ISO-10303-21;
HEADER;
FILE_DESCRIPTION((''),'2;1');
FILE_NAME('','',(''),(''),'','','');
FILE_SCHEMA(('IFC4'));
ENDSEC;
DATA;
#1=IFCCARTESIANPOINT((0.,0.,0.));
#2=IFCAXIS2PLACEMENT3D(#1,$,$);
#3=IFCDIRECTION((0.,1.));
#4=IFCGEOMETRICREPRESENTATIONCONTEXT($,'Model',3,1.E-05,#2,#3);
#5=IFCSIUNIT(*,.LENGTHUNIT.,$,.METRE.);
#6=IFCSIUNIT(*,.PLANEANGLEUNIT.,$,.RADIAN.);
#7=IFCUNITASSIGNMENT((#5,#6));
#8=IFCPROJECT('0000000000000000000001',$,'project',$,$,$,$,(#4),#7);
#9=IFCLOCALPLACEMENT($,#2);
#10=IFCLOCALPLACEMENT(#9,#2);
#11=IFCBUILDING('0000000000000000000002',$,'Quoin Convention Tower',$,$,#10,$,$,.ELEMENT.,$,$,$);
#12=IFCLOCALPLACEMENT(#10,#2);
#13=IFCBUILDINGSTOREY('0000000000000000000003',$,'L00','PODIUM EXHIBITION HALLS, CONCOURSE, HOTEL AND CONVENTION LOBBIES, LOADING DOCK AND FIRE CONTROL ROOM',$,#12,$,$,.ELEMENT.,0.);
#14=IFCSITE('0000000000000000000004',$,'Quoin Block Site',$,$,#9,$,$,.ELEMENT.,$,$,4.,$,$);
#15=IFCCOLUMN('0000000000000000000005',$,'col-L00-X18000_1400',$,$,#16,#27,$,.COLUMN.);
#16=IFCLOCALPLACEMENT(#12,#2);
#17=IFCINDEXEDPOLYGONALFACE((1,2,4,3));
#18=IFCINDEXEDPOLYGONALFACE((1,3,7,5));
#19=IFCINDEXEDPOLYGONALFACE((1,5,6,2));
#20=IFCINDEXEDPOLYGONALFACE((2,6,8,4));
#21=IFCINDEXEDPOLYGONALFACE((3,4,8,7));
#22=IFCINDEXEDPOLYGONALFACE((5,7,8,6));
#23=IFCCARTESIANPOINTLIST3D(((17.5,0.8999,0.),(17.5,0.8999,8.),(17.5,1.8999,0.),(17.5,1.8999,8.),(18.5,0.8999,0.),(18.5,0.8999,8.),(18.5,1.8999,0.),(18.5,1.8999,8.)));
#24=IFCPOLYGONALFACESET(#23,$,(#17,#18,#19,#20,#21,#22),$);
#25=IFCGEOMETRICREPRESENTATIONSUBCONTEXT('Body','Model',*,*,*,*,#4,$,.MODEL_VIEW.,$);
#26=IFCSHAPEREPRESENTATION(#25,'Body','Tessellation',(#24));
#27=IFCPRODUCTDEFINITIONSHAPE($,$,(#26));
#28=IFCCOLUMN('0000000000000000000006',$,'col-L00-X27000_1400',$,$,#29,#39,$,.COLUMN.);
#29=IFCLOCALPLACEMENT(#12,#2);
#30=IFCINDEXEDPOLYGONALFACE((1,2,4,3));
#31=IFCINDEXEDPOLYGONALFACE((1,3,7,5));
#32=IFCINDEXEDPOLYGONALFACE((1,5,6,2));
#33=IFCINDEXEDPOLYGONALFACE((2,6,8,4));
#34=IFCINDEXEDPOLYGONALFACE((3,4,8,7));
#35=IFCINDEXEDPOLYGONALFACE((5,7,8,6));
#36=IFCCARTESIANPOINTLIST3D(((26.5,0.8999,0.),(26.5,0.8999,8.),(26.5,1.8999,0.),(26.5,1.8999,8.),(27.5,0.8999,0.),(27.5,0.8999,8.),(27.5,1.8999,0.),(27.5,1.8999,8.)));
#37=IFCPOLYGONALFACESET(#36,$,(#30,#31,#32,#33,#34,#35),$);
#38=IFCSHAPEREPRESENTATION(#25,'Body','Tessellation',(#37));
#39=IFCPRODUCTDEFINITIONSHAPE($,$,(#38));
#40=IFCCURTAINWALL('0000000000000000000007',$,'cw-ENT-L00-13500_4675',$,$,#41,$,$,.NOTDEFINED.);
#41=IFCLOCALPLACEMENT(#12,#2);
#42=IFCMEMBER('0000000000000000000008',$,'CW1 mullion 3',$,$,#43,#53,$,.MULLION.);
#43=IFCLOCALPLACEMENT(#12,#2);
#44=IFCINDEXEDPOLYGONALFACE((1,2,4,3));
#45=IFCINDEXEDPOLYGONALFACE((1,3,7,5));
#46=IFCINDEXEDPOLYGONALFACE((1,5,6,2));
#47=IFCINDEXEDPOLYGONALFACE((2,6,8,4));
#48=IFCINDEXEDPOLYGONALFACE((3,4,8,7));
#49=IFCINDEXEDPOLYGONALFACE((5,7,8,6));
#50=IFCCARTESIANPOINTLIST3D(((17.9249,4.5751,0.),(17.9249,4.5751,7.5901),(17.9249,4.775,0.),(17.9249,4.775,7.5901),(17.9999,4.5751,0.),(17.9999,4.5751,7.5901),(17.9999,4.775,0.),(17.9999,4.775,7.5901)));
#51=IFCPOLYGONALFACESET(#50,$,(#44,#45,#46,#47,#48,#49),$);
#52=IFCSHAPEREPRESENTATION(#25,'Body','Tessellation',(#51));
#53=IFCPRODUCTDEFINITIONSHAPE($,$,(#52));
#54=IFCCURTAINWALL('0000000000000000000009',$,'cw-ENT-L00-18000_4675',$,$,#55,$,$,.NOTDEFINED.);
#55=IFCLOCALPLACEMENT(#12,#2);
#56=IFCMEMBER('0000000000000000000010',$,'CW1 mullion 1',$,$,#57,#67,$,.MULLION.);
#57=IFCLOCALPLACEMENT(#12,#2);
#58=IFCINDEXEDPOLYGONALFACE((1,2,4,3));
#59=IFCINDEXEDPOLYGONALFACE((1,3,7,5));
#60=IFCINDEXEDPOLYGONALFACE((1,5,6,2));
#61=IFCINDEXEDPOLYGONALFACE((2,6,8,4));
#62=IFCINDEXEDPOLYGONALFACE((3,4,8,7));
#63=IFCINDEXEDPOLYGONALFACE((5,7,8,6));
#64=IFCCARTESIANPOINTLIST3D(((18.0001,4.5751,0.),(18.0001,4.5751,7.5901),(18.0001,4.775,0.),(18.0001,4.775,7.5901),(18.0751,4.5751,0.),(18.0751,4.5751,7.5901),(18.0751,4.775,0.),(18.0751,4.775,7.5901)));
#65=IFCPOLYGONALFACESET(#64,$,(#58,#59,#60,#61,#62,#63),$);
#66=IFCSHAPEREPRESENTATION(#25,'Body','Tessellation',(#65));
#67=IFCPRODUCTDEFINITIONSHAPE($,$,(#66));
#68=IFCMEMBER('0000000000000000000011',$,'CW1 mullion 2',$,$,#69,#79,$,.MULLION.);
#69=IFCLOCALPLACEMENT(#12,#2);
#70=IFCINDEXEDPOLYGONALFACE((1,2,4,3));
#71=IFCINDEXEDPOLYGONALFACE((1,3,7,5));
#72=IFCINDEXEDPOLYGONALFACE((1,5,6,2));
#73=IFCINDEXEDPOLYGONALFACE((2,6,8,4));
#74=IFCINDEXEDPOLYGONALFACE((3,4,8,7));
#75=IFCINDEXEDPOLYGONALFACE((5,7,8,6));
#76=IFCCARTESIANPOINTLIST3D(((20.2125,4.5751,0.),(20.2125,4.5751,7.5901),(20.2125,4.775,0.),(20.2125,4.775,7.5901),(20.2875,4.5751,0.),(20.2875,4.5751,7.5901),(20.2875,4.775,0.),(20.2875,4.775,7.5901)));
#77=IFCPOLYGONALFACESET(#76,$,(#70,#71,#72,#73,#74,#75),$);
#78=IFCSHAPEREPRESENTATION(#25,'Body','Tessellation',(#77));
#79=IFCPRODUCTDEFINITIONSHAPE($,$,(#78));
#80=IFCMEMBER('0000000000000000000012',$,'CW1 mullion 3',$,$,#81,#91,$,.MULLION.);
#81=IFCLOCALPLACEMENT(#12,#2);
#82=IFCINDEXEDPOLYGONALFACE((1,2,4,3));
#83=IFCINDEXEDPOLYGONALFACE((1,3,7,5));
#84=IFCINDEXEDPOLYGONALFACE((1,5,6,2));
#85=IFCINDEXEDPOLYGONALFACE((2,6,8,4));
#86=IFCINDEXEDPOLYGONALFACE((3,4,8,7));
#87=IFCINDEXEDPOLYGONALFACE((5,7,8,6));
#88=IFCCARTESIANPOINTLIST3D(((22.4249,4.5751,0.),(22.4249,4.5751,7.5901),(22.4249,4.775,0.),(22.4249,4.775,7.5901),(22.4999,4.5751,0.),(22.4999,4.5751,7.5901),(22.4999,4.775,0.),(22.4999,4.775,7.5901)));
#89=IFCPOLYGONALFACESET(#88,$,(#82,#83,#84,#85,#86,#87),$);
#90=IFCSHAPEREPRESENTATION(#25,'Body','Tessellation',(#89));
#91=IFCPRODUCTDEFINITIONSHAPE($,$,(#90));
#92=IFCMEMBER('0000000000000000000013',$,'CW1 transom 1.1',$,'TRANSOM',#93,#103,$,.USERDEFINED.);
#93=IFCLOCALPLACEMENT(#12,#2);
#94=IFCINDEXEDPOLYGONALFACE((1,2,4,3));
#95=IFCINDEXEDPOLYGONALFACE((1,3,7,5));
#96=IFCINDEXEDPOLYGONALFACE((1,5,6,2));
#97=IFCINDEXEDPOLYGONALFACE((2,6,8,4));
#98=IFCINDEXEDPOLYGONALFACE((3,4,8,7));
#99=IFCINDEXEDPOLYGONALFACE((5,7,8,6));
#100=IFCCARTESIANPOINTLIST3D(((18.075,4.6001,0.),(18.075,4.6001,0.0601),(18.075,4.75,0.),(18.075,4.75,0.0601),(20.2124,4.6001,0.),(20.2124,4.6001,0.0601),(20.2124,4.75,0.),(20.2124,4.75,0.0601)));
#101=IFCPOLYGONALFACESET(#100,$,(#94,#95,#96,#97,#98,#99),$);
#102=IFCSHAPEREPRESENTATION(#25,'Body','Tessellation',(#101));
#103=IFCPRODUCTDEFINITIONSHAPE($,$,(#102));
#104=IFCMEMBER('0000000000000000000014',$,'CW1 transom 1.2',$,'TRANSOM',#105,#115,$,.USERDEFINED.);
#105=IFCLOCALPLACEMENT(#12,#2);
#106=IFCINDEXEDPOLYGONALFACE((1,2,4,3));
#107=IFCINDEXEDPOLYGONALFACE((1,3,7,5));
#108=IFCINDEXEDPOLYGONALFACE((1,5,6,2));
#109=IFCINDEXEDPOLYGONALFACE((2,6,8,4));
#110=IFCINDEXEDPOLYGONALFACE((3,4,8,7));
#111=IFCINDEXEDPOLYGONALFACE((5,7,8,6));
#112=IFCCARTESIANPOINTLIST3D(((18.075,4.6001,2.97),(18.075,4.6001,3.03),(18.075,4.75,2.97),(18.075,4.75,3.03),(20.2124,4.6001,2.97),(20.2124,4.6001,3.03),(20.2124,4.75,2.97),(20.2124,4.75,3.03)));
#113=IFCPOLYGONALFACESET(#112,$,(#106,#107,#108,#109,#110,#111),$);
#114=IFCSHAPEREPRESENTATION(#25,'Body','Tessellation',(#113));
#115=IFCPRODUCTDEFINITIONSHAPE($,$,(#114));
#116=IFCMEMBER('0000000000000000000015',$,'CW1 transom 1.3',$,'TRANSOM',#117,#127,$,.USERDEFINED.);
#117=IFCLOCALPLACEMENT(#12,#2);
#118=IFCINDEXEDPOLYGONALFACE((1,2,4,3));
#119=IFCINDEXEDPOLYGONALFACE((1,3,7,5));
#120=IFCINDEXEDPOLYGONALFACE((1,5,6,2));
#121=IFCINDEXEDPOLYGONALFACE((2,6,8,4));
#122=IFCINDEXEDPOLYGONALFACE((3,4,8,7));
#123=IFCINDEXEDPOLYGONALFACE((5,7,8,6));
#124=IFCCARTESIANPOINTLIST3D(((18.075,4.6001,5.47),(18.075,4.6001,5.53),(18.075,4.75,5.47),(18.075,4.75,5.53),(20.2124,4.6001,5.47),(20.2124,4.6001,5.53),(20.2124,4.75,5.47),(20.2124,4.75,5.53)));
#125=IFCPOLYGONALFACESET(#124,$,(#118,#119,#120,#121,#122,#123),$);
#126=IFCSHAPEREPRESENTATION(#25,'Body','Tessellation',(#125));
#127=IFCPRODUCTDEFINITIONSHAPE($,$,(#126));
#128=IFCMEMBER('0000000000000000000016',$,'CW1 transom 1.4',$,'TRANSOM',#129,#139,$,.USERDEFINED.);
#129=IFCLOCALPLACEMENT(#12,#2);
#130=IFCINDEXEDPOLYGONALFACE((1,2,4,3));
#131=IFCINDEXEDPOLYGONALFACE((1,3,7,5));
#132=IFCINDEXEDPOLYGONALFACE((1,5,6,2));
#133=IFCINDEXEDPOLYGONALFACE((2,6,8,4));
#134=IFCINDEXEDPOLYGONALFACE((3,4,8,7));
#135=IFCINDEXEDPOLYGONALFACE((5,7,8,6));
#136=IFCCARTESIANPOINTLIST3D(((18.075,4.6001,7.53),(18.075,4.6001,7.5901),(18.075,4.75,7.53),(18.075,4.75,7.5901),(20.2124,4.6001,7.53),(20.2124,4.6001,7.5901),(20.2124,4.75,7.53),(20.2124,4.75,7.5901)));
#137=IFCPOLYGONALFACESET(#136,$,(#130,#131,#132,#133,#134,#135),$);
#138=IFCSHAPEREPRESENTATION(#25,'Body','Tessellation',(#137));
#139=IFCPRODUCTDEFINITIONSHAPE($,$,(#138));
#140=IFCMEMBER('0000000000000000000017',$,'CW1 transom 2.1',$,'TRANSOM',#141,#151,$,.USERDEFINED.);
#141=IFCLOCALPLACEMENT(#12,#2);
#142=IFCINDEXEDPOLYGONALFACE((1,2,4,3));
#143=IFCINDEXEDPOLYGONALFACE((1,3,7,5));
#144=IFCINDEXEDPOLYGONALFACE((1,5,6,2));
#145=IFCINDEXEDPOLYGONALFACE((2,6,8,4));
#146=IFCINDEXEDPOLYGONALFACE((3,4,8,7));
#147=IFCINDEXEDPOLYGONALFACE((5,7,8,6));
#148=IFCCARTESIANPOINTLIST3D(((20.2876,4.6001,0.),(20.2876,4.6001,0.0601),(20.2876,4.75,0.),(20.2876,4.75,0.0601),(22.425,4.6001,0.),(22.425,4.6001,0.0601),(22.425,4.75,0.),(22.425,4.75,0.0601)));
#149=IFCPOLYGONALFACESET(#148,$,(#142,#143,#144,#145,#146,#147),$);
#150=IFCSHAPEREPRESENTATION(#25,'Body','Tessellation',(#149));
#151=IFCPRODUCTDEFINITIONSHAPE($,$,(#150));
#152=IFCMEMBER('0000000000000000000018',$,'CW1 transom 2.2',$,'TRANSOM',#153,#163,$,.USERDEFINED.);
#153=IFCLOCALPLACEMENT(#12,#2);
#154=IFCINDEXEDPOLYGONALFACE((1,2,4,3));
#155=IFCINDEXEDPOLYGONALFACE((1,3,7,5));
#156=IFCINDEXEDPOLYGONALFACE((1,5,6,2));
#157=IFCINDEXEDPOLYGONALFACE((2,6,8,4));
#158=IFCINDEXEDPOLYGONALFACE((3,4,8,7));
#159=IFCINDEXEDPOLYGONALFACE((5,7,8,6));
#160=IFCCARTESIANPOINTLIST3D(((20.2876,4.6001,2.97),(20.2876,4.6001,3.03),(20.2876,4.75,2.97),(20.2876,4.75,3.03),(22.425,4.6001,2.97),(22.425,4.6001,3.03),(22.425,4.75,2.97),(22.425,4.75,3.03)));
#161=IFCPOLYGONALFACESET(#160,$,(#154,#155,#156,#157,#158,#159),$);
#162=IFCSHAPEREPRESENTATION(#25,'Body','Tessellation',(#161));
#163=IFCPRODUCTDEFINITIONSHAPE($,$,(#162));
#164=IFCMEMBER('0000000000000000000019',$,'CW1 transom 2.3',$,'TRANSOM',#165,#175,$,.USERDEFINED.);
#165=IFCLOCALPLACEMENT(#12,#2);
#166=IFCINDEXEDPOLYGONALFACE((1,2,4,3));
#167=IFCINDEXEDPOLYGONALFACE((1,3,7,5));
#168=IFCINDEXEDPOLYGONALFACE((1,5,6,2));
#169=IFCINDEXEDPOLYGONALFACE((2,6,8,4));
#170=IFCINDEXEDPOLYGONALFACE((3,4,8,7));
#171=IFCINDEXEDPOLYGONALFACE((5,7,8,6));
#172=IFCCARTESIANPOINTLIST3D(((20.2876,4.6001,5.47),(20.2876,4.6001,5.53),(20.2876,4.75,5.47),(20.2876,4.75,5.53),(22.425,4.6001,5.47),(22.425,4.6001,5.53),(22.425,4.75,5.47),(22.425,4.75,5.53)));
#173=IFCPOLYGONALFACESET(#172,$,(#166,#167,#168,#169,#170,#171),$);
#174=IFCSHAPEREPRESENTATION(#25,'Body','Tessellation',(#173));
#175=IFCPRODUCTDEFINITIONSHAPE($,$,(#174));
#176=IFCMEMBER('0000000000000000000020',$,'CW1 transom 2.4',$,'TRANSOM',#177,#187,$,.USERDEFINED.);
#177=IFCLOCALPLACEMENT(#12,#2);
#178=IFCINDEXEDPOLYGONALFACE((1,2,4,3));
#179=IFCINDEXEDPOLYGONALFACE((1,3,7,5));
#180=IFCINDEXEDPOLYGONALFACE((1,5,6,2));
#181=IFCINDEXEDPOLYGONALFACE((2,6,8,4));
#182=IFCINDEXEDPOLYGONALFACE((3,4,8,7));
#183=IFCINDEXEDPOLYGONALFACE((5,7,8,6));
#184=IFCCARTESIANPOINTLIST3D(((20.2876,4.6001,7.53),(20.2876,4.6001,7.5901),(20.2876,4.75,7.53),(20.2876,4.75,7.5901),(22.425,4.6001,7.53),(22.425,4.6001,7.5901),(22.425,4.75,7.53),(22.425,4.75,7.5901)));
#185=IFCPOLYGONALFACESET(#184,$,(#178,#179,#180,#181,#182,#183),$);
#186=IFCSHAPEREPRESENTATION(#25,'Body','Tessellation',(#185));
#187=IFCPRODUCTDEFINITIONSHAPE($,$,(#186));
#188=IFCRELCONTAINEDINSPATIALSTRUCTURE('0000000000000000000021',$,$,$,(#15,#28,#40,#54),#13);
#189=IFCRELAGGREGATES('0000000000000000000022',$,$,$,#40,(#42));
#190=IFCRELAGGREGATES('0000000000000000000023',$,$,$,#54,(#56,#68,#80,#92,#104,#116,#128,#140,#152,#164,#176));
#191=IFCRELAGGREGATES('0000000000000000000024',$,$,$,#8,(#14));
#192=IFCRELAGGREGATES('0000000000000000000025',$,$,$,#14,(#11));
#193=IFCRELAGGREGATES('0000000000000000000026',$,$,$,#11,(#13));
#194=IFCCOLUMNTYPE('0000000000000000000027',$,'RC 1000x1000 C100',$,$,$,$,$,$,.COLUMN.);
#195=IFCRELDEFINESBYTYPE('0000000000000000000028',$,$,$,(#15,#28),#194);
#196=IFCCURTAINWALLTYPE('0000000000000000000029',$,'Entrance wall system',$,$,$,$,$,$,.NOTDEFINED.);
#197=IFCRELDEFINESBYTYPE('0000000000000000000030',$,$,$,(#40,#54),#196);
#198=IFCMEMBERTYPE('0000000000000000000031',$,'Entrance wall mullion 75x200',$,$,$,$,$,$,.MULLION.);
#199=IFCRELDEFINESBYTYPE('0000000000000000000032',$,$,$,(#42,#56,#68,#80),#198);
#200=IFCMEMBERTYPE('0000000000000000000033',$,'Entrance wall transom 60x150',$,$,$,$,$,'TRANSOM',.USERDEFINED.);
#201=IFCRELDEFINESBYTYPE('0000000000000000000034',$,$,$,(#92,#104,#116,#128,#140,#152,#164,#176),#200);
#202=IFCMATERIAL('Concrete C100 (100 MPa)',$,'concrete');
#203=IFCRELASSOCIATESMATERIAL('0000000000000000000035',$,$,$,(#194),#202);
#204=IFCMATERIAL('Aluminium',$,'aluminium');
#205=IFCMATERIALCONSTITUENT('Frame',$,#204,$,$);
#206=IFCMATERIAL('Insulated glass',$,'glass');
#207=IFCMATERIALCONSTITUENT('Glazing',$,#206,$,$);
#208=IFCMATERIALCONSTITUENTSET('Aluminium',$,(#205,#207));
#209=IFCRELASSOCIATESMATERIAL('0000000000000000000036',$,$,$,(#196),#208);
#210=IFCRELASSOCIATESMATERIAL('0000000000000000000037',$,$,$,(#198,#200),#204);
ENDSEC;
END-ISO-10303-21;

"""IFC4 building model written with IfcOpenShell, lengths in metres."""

from ifc_helpers import new_model, si_unit, direction, frame, origin, origin_2d, place, context, subcontext, project, spatial, rectangle, extrude, material, constituent, constituent_set, material_profile, profile_set, type_object, element, aggregate, save


model = new_model("IFC4")

# Units and contexts
model_context = context("Model", 3, precision=1e-05, world=origin(), true_north=direction((0.0, 1.0)))
body_context = subcontext(model_context, "Body", "Model", "MODEL_VIEW")
ifc_project = project(units=[si_unit("LENGTHUNIT", "METRE"), si_unit("PLANEANGLEUNIT", "RADIAN")], contexts=[model_context])

# Site, building, storey
site_placement = place(None, origin())
site = spatial("IfcSite", under=ifc_project, at=site_placement, Name="Quoin Block Site", CompositionType="ELEMENT", RefElevation=4.0)
building_placement = place(site_placement, origin())
building = spatial("IfcBuilding", under=site, at=building_placement, Name="Quoin Convention Tower", CompositionType="ELEMENT")
storey_placement = place(building_placement, origin())
storey = spatial("IfcBuildingStorey", under=building, at=storey_placement, Name="L00", Description="PODIUM EXHIBITION HALLS, CONCOURSE, HOTEL AND CONVENTION LOBBIES, LOADING DOCK AND FIRE CONTROL ROOM", CompositionType="ELEMENT", Elevation=0.0)

# Columns
ifc_material_1 = material(Name="Concrete C100 (100 MPa)", Category="concrete")
ifc_material_profile_1 = material_profile(ifc_material_1, rectangle(XDim=1.0, YDim=1.0, at=origin_2d()), Name="RC 1000x1000")
ifc_profile_set_1 = profile_set([ifc_material_profile_1], Name="Concrete C100 (100 MPa)")
column_type = type_object("IfcColumnType", Name="RC 1000x1000 C100", PredefinedType="COLUMN", material=ifc_profile_set_1)
for number, where, z_axis, x_axis, name in (
    (1, (18.0, 1.3999, 0.0), (0.0, 0.0, 1.0), (1.0, 0.0, 0.0), "col-L00-X18000_1400"),
    (2, (27.0, 1.3999, 0.0), (0.0, 0.0, 1.0), (1.0, 0.0, 0.0), "col-L00-X27000_1400"),
):
    element("IfcColumn", number, at=place(storey_placement, frame(where, z_axis=z_axis, x_axis=x_axis)), inside=storey, type_object=column_type, Name=name, PredefinedType="COLUMN", context=body_context, shape_type="SweptSolid", body=[
        extrude(rectangle(XDim=1.0, YDim=1.0, at=origin_2d()), origin(), (0.0, 0.0, 1.0), 8.0),
    ])

# Curtain wall, member
ifc_material_2 = material(Name="Aluminium", Category="aluminium")
ifc_constituent_1 = constituent(ifc_material_2, Name="Frame")
ifc_material_3 = material(Name="Insulated glass", Category="glass")
ifc_constituent_2 = constituent(ifc_material_3, Name="Glazing")
ifc_constituent_set = constituent_set(constituents=[ifc_constituent_1, ifc_constituent_2], Name="Aluminium")
curtain_wall_type = type_object("IfcCurtainWallType", Name="Entrance wall system", PredefinedType="NOTDEFINED", material=ifc_constituent_set)
curtain_wall_1_placement = place(storey_placement, origin())
curtain_wall_1 = element("IfcCurtainWall", 3, at=curtain_wall_1_placement, inside=storey, type_object=curtain_wall_type, Name="cw-ENT-L00-13500_4675", PredefinedType="NOTDEFINED")
ifc_material_profile_2 = material_profile(ifc_material_2, rectangle(XDim=0.2, YDim=0.075, at=origin_2d()), Name="Entrance wall mullion 75x200")
ifc_profile_set_2 = profile_set([ifc_material_profile_2], Name="Aluminium")
member_type_1 = type_object("IfcMemberType", Name="Entrance wall mullion 75x200", PredefinedType="MULLION", material=ifc_profile_set_2)
member_1_placement = place(storey_placement, frame((17.9624, 4.675, 0.0), z_axis=(0.0, 0.0, 1.0), x_axis=(0.0, 1.0, 0.0)))
member_1 = element("IfcMember", 4, at=member_1_placement, type_object=member_type_1, Name="CW1 mullion 3", PredefinedType="MULLION", context=body_context, shape_type="SweptSolid", body=[
    extrude(rectangle(XDim=0.2, YDim=0.075, at=origin_2d()), origin(), (0.0, 0.0, 1.0), 7.5901),
])

# Curtain wall, members
curtain_wall_2_placement = place(storey_placement, origin())
curtain_wall_2 = element("IfcCurtainWall", 5, at=curtain_wall_2_placement, inside=storey, type_object=curtain_wall_type, Name="cw-ENT-L00-18000_4675", PredefinedType="NOTDEFINED")
member_2_placement = place(storey_placement, frame((18.0376, 4.675, 0.0), z_axis=(0.0, 0.0, 1.0), x_axis=(0.0, 1.0, 0.0)))
member_2 = element("IfcMember", 6, at=member_2_placement, type_object=member_type_1, Name="CW1 mullion 1", PredefinedType="MULLION", context=body_context, shape_type="SweptSolid", body=[
    extrude(rectangle(XDim=0.2, YDim=0.075, at=origin_2d()), origin(), (0.0, 0.0, 1.0), 7.5901),
])
member_3_placement = place(storey_placement, frame((20.25, 4.675, 0.0), z_axis=(0.0, 0.0, 1.0), x_axis=(0.0, 1.0, 0.0)))
member_3 = element("IfcMember", 7, at=member_3_placement, type_object=member_type_1, Name="CW1 mullion 2", PredefinedType="MULLION", context=body_context, shape_type="SweptSolid", body=[
    extrude(rectangle(XDim=0.2, YDim=0.075, at=origin_2d()), origin(), (0.0, 0.0, 1.0), 7.5901),
])
member_4_placement = place(storey_placement, frame((22.4624, 4.675, 0.0), z_axis=(0.0, 0.0, 1.0), x_axis=(0.0, 1.0, 0.0)))
member_4 = element("IfcMember", 8, at=member_4_placement, type_object=member_type_1, Name="CW1 mullion 3", PredefinedType="MULLION", context=body_context, shape_type="SweptSolid", body=[
    extrude(rectangle(XDim=0.2, YDim=0.075, at=origin_2d()), origin(), (0.0, 0.0, 1.0), 7.5901),
])
ifc_material_profile_3 = material_profile(ifc_material_2, rectangle(XDim=0.1499, YDim=0.0601, at=origin_2d()), Name="Entrance wall transom 60x150")
ifc_profile_set_3 = profile_set([ifc_material_profile_3], Name="Aluminium")
member_type_2 = type_object("IfcMemberType", Name="Entrance wall transom 60x150", ElementType="TRANSOM", PredefinedType="USERDEFINED", material=ifc_profile_set_3)
member_5_placement = place(storey_placement, frame((18.075, 4.675, 0.03), z_axis=(1.0, 0.0, 0.0), x_axis=(0.0, 1.0, 0.0)))
member_5 = element("IfcMember", 9, at=member_5_placement, type_object=member_type_2, Name="CW1 transom 1.1", ObjectType="TRANSOM", PredefinedType="USERDEFINED", context=body_context, shape_type="SweptSolid", body=[
    extrude(rectangle(XDim=0.1499, YDim=0.0601, at=origin_2d()), origin(), (0.0, 0.0, 1.0), 2.1375),
])
member_6_placement = place(storey_placement, frame((18.075, 4.675, 3.0), z_axis=(1.0, 0.0, 0.0), x_axis=(0.0, 1.0, 0.0)))
member_6 = element("IfcMember", 10, at=member_6_placement, type_object=member_type_2, Name="CW1 transom 1.2", ObjectType="TRANSOM", PredefinedType="USERDEFINED", context=body_context, shape_type="SweptSolid", body=[
    extrude(rectangle(XDim=0.1499, YDim=0.0601, at=origin_2d()), origin(), (0.0, 0.0, 1.0), 2.1375),
])
member_7_placement = place(storey_placement, frame((18.075, 4.675, 5.5), z_axis=(1.0, 0.0, 0.0), x_axis=(0.0, 1.0, 0.0)))
member_7 = element("IfcMember", 11, at=member_7_placement, type_object=member_type_2, Name="CW1 transom 1.3", ObjectType="TRANSOM", PredefinedType="USERDEFINED", context=body_context, shape_type="SweptSolid", body=[
    extrude(rectangle(XDim=0.1499, YDim=0.0601, at=origin_2d()), origin(), (0.0, 0.0, 1.0), 2.1375),
])
member_8_placement = place(storey_placement, frame((18.075, 4.675, 7.5601), z_axis=(1.0, 0.0, 0.0), x_axis=(0.0, 1.0, 0.0)))
member_8 = element("IfcMember", 12, at=member_8_placement, type_object=member_type_2, Name="CW1 transom 1.4", ObjectType="TRANSOM", PredefinedType="USERDEFINED", context=body_context, shape_type="SweptSolid", body=[
    extrude(rectangle(XDim=0.1499, YDim=0.0601, at=origin_2d()), origin(), (0.0, 0.0, 1.0), 2.1375),
])
member_9_placement = place(storey_placement, frame((20.2876, 4.675, 0.03), z_axis=(1.0, 0.0, 0.0), x_axis=(0.0, 1.0, 0.0)))
member_9 = element("IfcMember", 13, at=member_9_placement, type_object=member_type_2, Name="CW1 transom 2.1", ObjectType="TRANSOM", PredefinedType="USERDEFINED", context=body_context, shape_type="SweptSolid", body=[
    extrude(rectangle(XDim=0.1499, YDim=0.0601, at=origin_2d()), origin(), (0.0, 0.0, 1.0), 2.1375),
])
member_10_placement = place(storey_placement, frame((20.2876, 4.675, 3.0), z_axis=(1.0, 0.0, 0.0), x_axis=(0.0, 1.0, 0.0)))
member_10 = element("IfcMember", 14, at=member_10_placement, type_object=member_type_2, Name="CW1 transom 2.2", ObjectType="TRANSOM", PredefinedType="USERDEFINED", context=body_context, shape_type="SweptSolid", body=[
    extrude(rectangle(XDim=0.1499, YDim=0.0601, at=origin_2d()), origin(), (0.0, 0.0, 1.0), 2.1375),
])
member_11_placement = place(storey_placement, frame((20.2876, 4.675, 5.5), z_axis=(1.0, 0.0, 0.0), x_axis=(0.0, 1.0, 0.0)))
member_11 = element("IfcMember", 15, at=member_11_placement, type_object=member_type_2, Name="CW1 transom 2.3", ObjectType="TRANSOM", PredefinedType="USERDEFINED", context=body_context, shape_type="SweptSolid", body=[
    extrude(rectangle(XDim=0.1499, YDim=0.0601, at=origin_2d()), origin(), (0.0, 0.0, 1.0), 2.1375),
])
member_12_placement = place(storey_placement, frame((20.2876, 4.675, 7.5601), z_axis=(1.0, 0.0, 0.0), x_axis=(0.0, 1.0, 0.0)))
member_12 = element("IfcMember", 16, at=member_12_placement, type_object=member_type_2, Name="CW1 transom 2.4", ObjectType="TRANSOM", PredefinedType="USERDEFINED", context=body_context, shape_type="SweptSolid", body=[
    extrude(rectangle(XDim=0.1499, YDim=0.0601, at=origin_2d()), origin(), (0.0, 0.0, 1.0), 2.1375),
])

aggregate(curtain_wall_1, [member_1])
aggregate(curtain_wall_2, [member_2, member_3, member_4, member_5, member_6, member_7, member_8, member_9, member_10, member_11, member_12])

save(model, "model.ifc")
